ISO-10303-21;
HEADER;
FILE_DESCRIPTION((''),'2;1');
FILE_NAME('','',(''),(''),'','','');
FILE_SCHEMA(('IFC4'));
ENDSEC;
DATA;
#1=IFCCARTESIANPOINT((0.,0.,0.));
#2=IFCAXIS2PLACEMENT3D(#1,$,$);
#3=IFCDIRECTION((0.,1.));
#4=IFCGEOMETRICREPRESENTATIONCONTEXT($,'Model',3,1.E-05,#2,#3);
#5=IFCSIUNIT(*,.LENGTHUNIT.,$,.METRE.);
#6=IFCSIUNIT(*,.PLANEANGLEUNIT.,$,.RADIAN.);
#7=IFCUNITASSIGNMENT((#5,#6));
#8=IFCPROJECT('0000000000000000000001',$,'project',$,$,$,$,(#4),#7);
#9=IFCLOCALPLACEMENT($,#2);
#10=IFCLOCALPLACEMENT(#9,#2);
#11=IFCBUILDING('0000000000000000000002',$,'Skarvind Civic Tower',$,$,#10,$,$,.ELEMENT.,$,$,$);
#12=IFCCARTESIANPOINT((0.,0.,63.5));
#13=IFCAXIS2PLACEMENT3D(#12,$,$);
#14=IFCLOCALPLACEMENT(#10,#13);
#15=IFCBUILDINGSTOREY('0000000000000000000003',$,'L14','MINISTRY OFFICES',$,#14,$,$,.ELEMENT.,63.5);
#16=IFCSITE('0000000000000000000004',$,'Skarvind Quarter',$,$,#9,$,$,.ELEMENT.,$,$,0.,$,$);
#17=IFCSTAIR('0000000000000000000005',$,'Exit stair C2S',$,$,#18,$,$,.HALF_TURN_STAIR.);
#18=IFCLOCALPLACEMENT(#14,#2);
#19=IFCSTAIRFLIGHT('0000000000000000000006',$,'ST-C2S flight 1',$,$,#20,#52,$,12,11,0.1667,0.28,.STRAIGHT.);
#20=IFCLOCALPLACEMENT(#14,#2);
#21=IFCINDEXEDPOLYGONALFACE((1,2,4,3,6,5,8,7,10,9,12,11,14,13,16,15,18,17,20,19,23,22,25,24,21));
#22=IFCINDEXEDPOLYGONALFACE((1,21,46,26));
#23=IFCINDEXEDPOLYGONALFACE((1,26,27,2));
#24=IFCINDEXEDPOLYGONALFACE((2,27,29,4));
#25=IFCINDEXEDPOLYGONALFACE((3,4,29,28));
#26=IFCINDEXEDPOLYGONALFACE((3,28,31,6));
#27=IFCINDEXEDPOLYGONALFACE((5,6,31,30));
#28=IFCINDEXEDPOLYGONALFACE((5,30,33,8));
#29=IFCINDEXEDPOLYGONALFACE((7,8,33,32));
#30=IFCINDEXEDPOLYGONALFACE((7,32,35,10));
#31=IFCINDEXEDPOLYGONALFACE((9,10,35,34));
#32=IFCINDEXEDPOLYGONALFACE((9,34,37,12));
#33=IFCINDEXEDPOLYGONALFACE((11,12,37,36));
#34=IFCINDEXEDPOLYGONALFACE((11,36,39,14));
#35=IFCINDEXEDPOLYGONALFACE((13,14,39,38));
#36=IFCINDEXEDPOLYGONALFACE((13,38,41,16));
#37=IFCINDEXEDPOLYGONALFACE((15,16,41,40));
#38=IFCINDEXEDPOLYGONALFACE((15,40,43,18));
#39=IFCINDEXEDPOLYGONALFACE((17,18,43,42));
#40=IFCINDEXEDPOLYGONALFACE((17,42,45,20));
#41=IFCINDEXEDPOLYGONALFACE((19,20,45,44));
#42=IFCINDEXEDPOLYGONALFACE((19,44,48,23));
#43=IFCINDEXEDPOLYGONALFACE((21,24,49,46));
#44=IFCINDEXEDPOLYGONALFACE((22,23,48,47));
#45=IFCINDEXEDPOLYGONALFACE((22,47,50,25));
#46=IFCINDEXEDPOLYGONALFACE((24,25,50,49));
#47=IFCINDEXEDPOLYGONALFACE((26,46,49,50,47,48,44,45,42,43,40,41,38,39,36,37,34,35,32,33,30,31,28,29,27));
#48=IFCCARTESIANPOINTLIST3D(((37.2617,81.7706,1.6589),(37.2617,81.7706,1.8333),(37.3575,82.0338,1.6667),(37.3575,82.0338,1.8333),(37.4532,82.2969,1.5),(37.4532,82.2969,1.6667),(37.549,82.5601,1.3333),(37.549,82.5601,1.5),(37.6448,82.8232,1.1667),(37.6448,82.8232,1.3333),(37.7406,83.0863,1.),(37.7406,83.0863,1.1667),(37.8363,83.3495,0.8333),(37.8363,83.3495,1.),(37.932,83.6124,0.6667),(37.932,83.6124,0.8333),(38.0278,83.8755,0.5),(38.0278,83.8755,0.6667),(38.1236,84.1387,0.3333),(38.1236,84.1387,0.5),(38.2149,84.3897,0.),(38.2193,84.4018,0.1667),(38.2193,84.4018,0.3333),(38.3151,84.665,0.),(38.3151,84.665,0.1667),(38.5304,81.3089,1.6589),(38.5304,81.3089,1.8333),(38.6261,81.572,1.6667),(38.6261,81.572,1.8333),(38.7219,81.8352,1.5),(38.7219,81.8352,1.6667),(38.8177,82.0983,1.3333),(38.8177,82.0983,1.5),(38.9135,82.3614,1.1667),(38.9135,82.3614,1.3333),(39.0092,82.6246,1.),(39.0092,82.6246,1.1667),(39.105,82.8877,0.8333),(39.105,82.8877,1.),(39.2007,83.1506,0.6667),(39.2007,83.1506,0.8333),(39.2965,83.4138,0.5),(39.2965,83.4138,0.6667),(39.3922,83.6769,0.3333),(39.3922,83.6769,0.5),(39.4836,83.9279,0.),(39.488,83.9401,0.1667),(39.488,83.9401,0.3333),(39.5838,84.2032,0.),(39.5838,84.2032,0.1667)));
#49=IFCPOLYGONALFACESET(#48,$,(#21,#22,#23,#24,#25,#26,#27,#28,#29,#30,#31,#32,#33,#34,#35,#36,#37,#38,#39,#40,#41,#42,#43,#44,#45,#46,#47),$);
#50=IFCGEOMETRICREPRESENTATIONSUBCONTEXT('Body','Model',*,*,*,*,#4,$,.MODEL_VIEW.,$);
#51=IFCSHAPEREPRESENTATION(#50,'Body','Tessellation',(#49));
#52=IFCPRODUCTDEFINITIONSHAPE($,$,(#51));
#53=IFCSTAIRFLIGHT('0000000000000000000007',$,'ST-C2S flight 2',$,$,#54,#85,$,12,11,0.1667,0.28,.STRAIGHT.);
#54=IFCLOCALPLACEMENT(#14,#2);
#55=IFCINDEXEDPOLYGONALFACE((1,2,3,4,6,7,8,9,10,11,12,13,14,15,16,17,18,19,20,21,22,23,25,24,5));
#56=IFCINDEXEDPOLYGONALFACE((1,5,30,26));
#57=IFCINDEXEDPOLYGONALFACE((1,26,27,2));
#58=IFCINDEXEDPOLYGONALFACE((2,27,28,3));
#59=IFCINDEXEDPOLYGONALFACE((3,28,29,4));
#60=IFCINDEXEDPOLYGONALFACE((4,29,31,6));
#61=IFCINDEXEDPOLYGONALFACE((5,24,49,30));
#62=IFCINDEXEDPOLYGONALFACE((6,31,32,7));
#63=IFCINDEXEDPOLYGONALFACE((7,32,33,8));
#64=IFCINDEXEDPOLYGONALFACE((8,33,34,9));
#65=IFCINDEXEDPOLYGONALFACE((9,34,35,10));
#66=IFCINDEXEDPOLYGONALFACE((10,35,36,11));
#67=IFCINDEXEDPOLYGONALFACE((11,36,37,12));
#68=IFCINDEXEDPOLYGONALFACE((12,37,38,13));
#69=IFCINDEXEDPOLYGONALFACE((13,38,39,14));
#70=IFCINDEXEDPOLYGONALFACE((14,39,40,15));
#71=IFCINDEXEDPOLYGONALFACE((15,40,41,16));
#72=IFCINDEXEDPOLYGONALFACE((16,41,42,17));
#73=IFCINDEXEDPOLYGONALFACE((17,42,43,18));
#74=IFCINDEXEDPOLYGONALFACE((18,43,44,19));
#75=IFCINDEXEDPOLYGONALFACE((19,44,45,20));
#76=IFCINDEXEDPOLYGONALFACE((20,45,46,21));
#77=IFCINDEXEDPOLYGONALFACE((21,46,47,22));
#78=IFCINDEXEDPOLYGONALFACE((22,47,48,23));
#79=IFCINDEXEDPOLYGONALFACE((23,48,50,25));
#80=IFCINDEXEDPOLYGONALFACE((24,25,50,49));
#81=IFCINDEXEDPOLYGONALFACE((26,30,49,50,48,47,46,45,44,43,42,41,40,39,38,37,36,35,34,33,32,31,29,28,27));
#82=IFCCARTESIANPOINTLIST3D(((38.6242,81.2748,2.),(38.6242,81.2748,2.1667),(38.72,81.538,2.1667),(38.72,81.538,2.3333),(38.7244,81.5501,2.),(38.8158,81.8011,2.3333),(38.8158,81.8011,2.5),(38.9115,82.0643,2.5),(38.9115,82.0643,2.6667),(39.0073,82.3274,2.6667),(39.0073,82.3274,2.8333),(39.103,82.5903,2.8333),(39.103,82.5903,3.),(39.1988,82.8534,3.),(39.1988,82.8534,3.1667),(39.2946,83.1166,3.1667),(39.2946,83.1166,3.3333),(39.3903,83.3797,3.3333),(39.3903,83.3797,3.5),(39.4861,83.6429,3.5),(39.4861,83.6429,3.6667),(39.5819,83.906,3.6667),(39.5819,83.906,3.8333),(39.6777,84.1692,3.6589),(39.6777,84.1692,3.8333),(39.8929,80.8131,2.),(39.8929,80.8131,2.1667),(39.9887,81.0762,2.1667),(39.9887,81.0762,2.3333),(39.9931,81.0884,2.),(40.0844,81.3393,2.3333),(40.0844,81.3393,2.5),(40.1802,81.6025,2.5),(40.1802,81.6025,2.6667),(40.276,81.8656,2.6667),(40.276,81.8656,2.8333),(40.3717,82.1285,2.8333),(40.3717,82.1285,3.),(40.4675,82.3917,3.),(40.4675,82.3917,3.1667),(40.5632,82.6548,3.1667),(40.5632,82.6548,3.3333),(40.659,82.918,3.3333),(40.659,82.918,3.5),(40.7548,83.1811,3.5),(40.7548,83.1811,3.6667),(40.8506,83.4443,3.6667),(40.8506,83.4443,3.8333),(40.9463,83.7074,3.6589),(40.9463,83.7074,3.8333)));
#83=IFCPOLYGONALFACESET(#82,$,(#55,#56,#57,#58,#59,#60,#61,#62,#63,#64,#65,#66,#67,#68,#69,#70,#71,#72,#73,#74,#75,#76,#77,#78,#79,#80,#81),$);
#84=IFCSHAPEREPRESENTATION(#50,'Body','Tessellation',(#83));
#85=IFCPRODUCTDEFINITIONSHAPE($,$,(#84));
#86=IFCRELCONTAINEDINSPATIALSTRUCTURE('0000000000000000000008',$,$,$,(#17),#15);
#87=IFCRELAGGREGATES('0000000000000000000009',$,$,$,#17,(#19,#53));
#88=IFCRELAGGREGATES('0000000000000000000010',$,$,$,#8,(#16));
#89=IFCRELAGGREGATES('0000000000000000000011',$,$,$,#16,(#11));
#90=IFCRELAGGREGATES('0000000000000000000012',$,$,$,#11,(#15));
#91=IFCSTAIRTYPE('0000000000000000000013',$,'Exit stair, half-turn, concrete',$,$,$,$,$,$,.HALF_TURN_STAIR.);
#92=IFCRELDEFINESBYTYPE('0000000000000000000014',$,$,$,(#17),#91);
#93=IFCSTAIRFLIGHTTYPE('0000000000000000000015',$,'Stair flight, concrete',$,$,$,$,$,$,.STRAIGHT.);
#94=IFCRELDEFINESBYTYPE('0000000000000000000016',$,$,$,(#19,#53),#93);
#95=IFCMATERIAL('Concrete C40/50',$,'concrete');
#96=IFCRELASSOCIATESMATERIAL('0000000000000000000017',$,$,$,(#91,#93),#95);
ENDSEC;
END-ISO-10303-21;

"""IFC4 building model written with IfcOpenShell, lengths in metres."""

from ifc_helpers import new_model, si_unit, direction, frame, origin, place, context, subcontext, project, spatial, polyline, outline, extrude, material, type_object, element, aggregate, save


model = new_model("IFC4")

# Units and contexts
model_context = context("Model", 3, precision=1e-05, world=origin(), true_north=direction((0.0, 1.0)))
body_context = subcontext(model_context, "Body", "Model", "MODEL_VIEW")
ifc_project = project(units=[si_unit("LENGTHUNIT", "METRE"), si_unit("PLANEANGLEUNIT", "RADIAN")], contexts=[model_context])

# Site, building, storey
site_placement = place(None, origin())
site = spatial("IfcSite", under=ifc_project, at=site_placement, Name="Skarvind Quarter", CompositionType="ELEMENT", RefElevation=0.0)
building_placement = place(site_placement, origin())
building = spatial("IfcBuilding", under=site, at=building_placement, Name="Skarvind Civic Tower", CompositionType="ELEMENT")
storey_placement = place(building_placement, frame((0.0, 0.0, 63.5)))
storey = spatial("IfcBuildingStorey", under=building, at=storey_placement, Name="L14", Description="MINISTRY OFFICES", CompositionType="ELEMENT", Elevation=63.5)

# Stair, stair flights
ifc_material_1 = material(Name="Concrete C40/50", Category="concrete")
stair_type = type_object("IfcStairType", Name="Exit stair, half-turn, concrete", PredefinedType="HALF_TURN_STAIR", material=ifc_material_1)
stair_placement = place(storey_placement, origin())
stair = element("IfcStair", 1, at=stair_placement, inside=storey, type_object=stair_type, Name="Exit stair C2S", PredefinedType="HALF_TURN_STAIR")
stair_flight_type = type_object("IfcStairFlightType", Name="Stair flight, concrete", PredefinedType="STRAIGHT", material=ifc_material_1)
stair_flight_1_placement = place(storey_placement, frame((38.9495, 84.4341, 0.0), z_axis=(0.0, 0.0, 1.0), x_axis=(-0.34202, -0.939693, 0.0)))
stair_flight_1 = element("IfcStairFlight", 2, at=stair_flight_1_placement, type_object=stair_flight_type, Name="ST-C2S flight 1", NumberOfRisers=12, NumberOfTreads=11, PredefinedType="STRAIGHT", RiserHeight=0.1667, TreadLength=0.28, context=body_context, shape_type="SweptSolid", body=[
    extrude(outline(polyline([(0.0, 0.0), (0.0, 0.1667), (0.28, 0.1667), (0.28, 0.3333), (0.5601, 0.3333), (0.5601, 0.5), (0.8401, 0.5), (0.8401, 0.6667), (1.1201, 0.6667), (1.1201, 0.8333), (1.3999, 0.8333), (1.3999, 1.0), (1.6799, 1.0), (1.6799, 1.1667), (1.96, 1.1667), (1.96, 1.3333), (2.24, 1.3333), (2.24, 1.5), (2.52, 1.5), (2.52, 1.6667), (2.8, 1.6667), (2.8, 1.8333), (3.0801, 1.8333), (3.0801, 2.0), (3.0801, 1.6589), (0.293, 0.0), (0.0, 0.0)])), frame((0.0, 0.675, 0.0), z_axis=(0.0, -1.0, 0.0), x_axis=(1.0, 0.0, 0.0)), (0.0, 0.0, 1.0), 1.3501),
])
stair_flight_2_placement = place(storey_placement, frame((39.2585, 81.0439, 2.0), z_axis=(0.0, 0.0, 1.0), x_axis=(0.34202, 0.939693, 0.0)))
stair_flight_2 = element("IfcStairFlight", 3, at=stair_flight_2_placement, type_object=stair_flight_type, Name="ST-C2S flight 2", NumberOfRisers=12, NumberOfTreads=11, PredefinedType="STRAIGHT", RiserHeight=0.1667, TreadLength=0.28, context=body_context, shape_type="SweptSolid", body=[
    extrude(outline(polyline([(0.0, 0.0), (0.0, 0.1667), (0.28, 0.1667), (0.28, 0.3333), (0.5601, 0.3333), (0.5601, 0.5), (0.8401, 0.5), (0.8401, 0.6667), (1.1201, 0.6667), (1.1201, 0.8333), (1.3999, 0.8333), (1.3999, 1.0), (1.6799, 1.0), (1.6799, 1.1667), (1.96, 1.1667), (1.96, 1.3333), (2.24, 1.3333), (2.24, 1.5), (2.52, 1.5), (2.52, 1.6667), (2.8, 1.6667), (2.8, 1.8333), (3.0801, 1.8333), (3.0801, 2.0), (3.0801, 1.6589), (0.293, 0.0), (0.0, 0.0)])), frame((0.0, 0.675, 0.0), z_axis=(0.0, -1.0, 0.0), x_axis=(1.0, 0.0, 0.0)), (0.0, 0.0, 1.0), 1.3501),
])
aggregate(stair, [stair_flight_1, stair_flight_2])

save(model, "model.ifc")
